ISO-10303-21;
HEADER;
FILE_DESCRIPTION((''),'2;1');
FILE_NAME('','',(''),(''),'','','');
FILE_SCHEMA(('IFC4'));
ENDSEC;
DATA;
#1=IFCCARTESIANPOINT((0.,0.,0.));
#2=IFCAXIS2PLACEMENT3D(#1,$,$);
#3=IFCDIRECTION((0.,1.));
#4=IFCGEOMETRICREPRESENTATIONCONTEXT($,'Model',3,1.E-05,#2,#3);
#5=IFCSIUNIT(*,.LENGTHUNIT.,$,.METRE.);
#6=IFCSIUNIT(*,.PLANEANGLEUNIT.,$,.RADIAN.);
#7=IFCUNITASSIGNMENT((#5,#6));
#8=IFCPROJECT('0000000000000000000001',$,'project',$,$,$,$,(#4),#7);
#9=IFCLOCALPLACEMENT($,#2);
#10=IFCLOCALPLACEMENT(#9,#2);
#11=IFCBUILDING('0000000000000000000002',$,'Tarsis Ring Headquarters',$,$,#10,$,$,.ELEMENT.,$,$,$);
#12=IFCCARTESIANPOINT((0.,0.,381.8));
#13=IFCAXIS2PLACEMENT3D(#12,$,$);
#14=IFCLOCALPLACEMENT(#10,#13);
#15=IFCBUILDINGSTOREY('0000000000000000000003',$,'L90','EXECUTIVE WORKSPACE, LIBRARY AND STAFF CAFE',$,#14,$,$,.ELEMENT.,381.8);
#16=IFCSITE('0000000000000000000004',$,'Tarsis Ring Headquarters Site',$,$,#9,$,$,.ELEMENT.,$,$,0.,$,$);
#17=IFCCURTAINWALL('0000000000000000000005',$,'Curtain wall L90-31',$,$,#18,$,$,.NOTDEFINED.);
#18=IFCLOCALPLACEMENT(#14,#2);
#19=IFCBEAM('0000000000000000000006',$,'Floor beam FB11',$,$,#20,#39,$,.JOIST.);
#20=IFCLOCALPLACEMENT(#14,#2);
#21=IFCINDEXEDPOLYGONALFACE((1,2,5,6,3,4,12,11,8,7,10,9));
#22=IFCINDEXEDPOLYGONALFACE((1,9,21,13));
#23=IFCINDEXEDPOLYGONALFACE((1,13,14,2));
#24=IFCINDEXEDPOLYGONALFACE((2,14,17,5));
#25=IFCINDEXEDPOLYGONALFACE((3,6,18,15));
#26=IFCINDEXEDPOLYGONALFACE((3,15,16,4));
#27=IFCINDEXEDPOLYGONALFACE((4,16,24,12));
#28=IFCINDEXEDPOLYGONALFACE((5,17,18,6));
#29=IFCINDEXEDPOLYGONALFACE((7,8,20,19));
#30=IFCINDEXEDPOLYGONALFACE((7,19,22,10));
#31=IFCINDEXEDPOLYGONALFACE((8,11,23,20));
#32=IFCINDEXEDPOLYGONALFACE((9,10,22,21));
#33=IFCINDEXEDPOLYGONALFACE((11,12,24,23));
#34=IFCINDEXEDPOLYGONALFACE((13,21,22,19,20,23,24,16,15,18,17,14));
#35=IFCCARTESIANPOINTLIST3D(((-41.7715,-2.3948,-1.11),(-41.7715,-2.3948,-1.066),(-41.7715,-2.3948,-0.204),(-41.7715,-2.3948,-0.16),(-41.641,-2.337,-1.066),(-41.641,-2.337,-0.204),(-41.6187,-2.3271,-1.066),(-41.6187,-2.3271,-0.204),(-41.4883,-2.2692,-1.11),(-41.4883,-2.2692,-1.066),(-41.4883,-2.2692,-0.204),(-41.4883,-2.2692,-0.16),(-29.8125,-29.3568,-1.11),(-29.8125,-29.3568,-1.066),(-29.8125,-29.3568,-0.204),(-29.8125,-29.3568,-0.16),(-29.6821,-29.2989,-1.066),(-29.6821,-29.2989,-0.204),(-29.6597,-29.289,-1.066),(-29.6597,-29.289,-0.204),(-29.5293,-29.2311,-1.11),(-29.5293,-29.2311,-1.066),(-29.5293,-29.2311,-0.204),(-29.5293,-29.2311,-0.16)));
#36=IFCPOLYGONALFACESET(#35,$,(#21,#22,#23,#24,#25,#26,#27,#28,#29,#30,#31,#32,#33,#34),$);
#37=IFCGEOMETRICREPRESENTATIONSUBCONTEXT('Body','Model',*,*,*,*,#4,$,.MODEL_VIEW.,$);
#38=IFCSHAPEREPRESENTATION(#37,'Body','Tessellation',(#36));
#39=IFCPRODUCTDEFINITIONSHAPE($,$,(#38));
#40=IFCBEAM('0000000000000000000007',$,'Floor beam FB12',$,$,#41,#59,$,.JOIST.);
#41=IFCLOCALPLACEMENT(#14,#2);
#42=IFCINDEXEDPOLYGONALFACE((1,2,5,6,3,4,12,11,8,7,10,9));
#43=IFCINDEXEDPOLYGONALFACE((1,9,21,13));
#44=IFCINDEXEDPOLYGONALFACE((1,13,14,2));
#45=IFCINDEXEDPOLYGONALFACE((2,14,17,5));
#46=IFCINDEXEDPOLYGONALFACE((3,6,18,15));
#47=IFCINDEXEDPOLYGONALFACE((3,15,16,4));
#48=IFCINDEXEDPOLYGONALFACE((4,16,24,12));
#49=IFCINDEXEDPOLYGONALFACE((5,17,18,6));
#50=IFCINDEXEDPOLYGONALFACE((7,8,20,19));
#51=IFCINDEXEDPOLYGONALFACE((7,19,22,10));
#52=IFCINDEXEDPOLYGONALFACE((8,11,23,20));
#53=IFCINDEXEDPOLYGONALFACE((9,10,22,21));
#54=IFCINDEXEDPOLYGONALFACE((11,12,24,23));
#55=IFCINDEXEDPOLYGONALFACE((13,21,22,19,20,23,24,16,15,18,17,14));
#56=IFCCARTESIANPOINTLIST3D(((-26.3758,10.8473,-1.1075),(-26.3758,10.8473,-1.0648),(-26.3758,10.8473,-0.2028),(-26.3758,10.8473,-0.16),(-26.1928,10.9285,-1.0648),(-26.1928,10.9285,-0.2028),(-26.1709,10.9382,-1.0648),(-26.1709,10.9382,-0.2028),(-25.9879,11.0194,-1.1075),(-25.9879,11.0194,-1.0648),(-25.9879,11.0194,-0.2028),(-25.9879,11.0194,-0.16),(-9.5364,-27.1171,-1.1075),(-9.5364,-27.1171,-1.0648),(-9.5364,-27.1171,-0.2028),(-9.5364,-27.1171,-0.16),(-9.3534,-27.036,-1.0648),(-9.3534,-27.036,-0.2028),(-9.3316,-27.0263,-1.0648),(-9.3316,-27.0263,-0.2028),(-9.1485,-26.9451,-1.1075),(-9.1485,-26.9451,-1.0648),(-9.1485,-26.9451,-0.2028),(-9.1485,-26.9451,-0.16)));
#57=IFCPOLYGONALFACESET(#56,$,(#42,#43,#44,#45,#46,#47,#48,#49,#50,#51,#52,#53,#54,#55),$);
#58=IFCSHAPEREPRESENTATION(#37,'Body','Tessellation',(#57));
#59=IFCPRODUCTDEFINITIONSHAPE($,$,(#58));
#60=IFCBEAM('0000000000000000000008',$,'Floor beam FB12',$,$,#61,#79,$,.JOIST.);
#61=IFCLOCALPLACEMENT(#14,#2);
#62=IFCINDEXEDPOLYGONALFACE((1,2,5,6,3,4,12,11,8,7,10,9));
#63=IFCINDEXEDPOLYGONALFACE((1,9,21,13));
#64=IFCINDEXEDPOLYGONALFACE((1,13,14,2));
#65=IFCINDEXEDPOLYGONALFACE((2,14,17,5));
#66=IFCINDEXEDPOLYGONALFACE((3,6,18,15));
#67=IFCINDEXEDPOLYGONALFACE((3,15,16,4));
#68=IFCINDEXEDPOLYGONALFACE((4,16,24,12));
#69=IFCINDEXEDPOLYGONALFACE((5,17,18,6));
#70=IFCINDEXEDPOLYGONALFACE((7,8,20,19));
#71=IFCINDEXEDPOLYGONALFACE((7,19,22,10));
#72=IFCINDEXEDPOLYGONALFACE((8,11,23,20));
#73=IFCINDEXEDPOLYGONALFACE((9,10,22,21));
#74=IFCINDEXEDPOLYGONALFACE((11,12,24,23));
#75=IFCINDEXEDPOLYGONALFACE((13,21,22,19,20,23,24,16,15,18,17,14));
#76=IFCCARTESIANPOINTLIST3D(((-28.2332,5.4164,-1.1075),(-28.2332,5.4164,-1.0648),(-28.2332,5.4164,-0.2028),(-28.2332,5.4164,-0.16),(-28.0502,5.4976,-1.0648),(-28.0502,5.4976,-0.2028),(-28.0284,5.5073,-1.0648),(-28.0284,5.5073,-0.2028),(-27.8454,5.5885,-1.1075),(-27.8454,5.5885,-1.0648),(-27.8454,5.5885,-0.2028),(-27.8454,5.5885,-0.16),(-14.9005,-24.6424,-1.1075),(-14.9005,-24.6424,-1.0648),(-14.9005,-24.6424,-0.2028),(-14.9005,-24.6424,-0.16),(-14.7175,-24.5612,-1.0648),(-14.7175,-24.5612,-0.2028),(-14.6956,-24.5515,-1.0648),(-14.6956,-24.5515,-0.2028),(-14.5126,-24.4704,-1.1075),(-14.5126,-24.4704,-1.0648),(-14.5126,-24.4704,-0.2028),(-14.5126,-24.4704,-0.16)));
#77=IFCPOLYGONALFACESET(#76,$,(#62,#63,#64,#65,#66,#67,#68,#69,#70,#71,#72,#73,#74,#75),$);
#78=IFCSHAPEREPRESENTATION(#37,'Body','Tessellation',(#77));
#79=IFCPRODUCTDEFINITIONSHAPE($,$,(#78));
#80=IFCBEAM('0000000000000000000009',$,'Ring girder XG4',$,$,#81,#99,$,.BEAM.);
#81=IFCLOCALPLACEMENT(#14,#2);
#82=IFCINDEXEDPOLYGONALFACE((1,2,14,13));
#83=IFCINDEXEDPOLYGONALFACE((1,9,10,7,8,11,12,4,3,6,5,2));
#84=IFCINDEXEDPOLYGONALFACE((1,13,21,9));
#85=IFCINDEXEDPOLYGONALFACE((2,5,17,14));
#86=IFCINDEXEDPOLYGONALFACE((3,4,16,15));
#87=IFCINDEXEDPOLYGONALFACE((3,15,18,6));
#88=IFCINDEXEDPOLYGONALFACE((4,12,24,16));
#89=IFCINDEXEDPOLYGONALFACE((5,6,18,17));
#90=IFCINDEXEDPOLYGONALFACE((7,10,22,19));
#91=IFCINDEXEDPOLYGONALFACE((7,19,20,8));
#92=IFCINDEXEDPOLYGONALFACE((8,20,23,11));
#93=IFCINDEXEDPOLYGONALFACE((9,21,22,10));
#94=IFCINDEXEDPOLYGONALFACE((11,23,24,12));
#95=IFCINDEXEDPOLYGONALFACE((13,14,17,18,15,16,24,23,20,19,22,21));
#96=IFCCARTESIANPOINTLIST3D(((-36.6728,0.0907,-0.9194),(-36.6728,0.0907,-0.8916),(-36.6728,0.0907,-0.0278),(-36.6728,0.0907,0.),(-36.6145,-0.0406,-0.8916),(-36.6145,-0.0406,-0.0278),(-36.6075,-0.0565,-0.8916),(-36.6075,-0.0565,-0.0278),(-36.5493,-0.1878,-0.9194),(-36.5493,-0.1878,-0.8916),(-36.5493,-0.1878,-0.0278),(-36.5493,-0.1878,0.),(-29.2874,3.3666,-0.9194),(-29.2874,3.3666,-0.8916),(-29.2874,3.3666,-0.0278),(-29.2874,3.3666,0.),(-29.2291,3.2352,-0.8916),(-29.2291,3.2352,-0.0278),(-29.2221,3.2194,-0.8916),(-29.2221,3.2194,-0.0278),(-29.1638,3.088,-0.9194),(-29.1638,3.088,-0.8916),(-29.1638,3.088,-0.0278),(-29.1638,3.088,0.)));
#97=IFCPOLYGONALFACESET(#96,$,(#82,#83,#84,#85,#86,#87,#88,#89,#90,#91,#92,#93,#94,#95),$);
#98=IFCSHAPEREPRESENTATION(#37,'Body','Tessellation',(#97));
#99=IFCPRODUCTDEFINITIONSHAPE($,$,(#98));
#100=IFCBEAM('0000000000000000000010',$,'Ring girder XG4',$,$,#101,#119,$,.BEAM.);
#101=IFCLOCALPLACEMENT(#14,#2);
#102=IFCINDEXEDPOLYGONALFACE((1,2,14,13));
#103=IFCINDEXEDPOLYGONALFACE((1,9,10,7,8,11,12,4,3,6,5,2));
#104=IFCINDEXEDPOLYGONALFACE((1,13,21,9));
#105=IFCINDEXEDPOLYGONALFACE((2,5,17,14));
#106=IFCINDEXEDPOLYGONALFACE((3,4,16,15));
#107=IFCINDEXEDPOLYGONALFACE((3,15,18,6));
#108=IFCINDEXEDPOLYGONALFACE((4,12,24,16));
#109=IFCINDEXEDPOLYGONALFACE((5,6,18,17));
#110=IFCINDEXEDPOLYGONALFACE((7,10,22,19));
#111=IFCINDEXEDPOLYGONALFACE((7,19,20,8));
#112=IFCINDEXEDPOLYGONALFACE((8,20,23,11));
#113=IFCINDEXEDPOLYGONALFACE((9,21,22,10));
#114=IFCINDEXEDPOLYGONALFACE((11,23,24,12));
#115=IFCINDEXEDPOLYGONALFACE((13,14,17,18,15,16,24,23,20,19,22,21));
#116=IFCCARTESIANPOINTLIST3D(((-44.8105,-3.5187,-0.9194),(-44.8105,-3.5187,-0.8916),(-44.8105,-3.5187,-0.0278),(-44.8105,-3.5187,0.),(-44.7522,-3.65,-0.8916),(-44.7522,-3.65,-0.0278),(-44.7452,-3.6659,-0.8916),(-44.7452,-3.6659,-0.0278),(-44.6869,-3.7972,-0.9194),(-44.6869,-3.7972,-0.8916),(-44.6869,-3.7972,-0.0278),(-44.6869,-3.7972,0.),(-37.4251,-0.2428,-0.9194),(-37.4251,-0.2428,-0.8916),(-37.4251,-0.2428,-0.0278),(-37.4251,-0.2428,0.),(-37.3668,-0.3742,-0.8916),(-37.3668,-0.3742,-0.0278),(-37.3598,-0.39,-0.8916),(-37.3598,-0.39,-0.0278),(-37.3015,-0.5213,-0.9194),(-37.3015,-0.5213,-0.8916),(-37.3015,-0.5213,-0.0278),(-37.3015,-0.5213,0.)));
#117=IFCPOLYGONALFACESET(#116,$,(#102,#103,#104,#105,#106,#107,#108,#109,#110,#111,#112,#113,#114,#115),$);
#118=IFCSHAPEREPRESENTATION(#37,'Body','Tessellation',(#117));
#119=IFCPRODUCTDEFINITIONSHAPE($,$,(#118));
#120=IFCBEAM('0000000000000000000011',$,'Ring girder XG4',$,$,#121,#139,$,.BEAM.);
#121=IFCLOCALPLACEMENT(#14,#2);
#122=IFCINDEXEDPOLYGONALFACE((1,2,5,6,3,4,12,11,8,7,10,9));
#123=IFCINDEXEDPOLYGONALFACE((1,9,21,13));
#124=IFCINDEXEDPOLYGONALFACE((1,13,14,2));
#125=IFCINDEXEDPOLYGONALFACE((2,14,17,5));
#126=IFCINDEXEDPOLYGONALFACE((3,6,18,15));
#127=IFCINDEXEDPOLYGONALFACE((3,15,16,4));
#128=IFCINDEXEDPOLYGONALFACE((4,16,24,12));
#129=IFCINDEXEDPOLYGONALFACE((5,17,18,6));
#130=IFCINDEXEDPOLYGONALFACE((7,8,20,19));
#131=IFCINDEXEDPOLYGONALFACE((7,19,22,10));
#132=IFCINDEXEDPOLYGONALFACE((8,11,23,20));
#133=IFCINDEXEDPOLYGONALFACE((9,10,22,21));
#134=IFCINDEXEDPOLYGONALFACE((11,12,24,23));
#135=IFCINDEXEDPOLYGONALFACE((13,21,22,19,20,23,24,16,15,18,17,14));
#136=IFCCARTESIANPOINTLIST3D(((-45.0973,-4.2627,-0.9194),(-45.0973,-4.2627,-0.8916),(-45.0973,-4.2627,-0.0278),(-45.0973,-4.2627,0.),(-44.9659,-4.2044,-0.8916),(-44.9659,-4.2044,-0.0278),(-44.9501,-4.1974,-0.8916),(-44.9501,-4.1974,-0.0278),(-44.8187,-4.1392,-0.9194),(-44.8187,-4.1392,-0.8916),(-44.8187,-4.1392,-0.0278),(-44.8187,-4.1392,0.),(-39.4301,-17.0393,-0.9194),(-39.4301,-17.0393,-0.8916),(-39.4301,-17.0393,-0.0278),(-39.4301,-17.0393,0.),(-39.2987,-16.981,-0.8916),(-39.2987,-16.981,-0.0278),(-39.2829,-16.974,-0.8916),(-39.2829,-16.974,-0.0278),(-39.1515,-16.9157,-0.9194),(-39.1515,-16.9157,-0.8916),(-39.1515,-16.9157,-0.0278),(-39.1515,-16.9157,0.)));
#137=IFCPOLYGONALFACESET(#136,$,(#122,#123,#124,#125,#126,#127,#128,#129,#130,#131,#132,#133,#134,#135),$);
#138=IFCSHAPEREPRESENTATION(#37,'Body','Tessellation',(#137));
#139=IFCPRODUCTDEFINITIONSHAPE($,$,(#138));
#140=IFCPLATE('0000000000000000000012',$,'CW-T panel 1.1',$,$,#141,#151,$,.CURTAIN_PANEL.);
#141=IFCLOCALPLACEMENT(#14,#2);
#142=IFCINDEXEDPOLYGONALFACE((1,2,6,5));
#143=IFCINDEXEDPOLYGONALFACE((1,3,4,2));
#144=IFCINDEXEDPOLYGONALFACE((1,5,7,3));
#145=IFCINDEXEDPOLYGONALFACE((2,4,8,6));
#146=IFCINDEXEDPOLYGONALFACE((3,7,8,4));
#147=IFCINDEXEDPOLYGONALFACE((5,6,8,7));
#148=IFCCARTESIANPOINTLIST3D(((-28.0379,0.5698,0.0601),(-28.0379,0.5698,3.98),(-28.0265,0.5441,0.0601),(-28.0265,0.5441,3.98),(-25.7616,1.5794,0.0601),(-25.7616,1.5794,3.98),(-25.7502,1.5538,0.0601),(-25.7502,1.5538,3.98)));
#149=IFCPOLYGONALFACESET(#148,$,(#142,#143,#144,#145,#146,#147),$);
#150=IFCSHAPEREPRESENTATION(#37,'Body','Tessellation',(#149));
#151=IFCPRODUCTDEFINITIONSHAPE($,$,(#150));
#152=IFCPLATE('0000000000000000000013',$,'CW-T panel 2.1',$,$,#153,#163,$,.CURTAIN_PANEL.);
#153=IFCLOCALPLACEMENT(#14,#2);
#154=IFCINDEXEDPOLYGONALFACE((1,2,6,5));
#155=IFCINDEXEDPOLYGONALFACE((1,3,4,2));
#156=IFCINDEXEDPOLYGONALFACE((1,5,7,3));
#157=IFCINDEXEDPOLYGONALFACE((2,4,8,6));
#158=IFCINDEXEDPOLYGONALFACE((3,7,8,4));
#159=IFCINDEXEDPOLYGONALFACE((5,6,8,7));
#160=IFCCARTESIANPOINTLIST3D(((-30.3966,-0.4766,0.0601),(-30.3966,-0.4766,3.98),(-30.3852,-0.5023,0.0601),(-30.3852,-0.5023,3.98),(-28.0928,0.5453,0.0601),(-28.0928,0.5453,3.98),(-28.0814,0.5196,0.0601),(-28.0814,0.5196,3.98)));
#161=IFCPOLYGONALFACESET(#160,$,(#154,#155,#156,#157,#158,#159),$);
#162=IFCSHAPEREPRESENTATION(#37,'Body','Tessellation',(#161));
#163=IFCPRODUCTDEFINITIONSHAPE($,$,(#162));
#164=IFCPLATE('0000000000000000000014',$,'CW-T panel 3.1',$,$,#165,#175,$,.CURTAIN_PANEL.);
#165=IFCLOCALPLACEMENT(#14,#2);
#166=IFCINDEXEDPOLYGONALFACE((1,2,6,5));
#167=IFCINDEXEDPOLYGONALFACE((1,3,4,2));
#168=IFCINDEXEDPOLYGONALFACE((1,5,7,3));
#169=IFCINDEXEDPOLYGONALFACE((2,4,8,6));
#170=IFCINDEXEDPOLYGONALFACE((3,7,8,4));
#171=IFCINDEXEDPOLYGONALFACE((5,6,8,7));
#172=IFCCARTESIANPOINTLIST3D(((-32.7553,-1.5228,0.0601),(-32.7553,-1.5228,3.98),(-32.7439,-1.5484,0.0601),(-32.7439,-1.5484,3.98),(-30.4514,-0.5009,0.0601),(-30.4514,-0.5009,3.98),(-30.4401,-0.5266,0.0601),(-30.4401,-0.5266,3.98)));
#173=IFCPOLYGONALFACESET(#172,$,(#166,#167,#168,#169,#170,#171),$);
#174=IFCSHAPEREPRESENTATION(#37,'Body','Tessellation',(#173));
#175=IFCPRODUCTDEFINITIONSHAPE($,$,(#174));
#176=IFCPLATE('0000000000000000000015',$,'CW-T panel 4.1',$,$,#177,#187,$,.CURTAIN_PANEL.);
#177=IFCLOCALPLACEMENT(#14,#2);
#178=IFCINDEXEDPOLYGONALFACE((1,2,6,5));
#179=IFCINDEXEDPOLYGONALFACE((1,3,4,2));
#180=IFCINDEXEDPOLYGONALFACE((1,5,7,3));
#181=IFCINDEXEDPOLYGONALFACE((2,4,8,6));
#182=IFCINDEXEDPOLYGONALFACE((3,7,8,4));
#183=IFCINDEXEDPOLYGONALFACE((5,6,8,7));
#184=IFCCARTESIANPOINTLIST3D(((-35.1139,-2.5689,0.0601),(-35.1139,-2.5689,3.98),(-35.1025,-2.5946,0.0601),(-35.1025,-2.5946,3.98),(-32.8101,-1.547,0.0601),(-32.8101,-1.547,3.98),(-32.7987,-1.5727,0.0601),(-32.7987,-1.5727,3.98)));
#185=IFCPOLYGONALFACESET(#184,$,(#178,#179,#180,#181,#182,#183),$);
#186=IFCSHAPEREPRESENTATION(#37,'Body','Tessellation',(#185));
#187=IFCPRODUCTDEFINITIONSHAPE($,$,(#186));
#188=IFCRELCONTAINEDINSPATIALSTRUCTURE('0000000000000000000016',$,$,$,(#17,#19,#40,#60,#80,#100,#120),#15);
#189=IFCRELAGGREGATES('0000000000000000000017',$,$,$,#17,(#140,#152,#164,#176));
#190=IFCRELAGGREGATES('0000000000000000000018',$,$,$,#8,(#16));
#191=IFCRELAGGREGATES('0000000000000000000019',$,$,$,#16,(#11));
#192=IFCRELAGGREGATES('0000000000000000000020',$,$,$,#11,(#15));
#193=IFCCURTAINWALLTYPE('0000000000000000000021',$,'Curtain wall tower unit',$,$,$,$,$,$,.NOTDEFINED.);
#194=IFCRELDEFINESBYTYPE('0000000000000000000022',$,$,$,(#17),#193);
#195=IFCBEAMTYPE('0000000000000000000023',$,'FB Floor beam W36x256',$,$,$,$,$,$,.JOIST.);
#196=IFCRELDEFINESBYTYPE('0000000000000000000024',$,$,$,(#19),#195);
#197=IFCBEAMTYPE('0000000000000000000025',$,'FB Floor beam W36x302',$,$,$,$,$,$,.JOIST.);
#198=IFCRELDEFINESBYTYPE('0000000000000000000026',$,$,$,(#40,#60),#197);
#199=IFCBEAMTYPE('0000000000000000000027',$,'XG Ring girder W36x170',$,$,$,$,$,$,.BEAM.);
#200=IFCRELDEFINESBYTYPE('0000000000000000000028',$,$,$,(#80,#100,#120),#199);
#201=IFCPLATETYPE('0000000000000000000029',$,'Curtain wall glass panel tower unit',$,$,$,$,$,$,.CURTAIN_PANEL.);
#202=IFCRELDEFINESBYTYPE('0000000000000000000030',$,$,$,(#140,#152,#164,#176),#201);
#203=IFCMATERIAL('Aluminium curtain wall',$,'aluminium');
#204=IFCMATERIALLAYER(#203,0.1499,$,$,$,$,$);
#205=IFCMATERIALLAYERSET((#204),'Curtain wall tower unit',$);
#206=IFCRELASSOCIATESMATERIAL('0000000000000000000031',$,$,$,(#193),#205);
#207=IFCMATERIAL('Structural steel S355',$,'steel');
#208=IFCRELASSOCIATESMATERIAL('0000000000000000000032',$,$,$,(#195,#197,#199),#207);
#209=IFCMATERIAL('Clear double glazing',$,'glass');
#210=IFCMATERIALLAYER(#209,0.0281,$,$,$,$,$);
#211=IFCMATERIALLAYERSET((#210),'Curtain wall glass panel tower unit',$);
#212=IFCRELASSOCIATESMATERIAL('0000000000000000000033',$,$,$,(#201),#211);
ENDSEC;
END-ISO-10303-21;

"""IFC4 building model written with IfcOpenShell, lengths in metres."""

from ifc_helpers import new_model, si_unit, direction, frame, origin, origin_2d, place, context, subcontext, project, spatial, rectangle, i_section, extrude, material, layer, layer_set, material_profile, profile_set, type_object, element, aggregate, save


model = new_model("IFC4")

# Units and contexts
model_context = context("Model", 3, precision=1e-05, world=origin(), true_north=direction((0.0, 1.0)))
body_context = subcontext(model_context, "Body", "Model", "MODEL_VIEW")
ifc_project = project(units=[si_unit("LENGTHUNIT", "METRE"), si_unit("PLANEANGLEUNIT", "RADIAN")], contexts=[model_context])

# Site, building, storey
site_placement = place(None, origin())
site = spatial("IfcSite", under=ifc_project, at=site_placement, Name="Tarsis Ring Headquarters Site", CompositionType="ELEMENT", RefElevation=0.0)
building_placement = place(site_placement, origin())
building = spatial("IfcBuilding", under=site, at=building_placement, Name="Tarsis Ring Headquarters", CompositionType="ELEMENT")
storey_placement = place(building_placement, frame((0.0, 0.0, 381.8)))
storey = spatial("IfcBuildingStorey", under=building, at=storey_placement, Name="L90", Description="EXECUTIVE WORKSPACE, LIBRARY AND STAFF CAFE", CompositionType="ELEMENT", Elevation=381.8)

# Shared definitions
ifc_material_1 = material(Name="Structural steel S355", Category="steel")

# Curtain wall
ifc_material_2 = material(Name="Aluminium curtain wall", Category="aluminium")
ifc_layer_1 = layer(ifc_material_2, 0.1499)
ifc_layer_set_1 = layer_set([ifc_layer_1], Name="Curtain wall tower unit")
curtain_wall_type = type_object("IfcCurtainWallType", Name="Curtain wall tower unit", PredefinedType="NOTDEFINED", material=ifc_layer_set_1)
curtain_wall_placement = place(storey_placement, origin())
curtain_wall = element("IfcCurtainWall", 1, at=curtain_wall_placement, inside=storey, type_object=curtain_wall_type, Name="Curtain wall L90-31", PredefinedType="NOTDEFINED")

# Beams
ifc_material_profile_1 = material_profile(ifc_material_1, i_section(OverallWidth=0.3098, OverallDepth=0.95, WebThickness=0.0244, FlangeThickness=0.0439, at=origin_2d()), Name="W36x256")
ifc_profile_set_1 = profile_set([ifc_material_profile_1], Name="Structural steel S355")
beam_type_1 = type_object("IfcBeamType", Name="FB Floor beam W36x256", PredefinedType="JOIST", material=ifc_profile_set_1)
for number, where, z_axis, x_axis, name in (
    (2, (-41.6299, -2.332, -0.635), (0.405456, -0.914114, 0.0), (0.914114, 0.405456, 0.0), "Floor beam FB11"),
):
    element("IfcBeam", number, at=place(storey_placement, frame(where, z_axis=z_axis, x_axis=x_axis)), inside=storey, type_object=beam_type_1, Name=name, PredefinedType="JOIST", context=body_context, shape_type="SweptSolid", body=[
        extrude(i_section(OverallWidth=0.3098, OverallDepth=0.95, WebThickness=0.0244, FlangeThickness=0.0439, at=origin_2d()), origin(), (0.0, 0.0, 1.0), 29.4951),
    ])
ifc_material_profile_2 = material_profile(ifc_material_1, i_section(OverallWidth=0.4243, OverallDepth=0.9475, WebThickness=0.0239, FlangeThickness=0.0427, at=origin_2d()), Name="W36x302")
ifc_profile_set_2 = profile_set([ifc_material_profile_2], Name="Structural steel S355")
beam_type_2 = type_object("IfcBeamType", Name="FB Floor beam W36x302", PredefinedType="JOIST", material=ifc_profile_set_2)
beam_1_placement = place(storey_placement, frame((-26.1819, 10.9333, -0.6338), z_axis=(0.405461, -0.914112, 0.0), x_axis=(0.914112, 0.405461, 0.0)))
element("IfcBeam", 3, at=beam_1_placement, inside=storey, type_object=beam_type_2, Name="Floor beam FB12", PredefinedType="JOIST", context=body_context, shape_type="SweptSolid", body=[
    extrude(i_section(OverallWidth=0.4243, OverallDepth=0.9475, WebThickness=0.0239, FlangeThickness=0.0427, at=origin_2d()), origin(), (0.0, 0.0, 1.0), 41.5315),
])
beam_2_placement = place(storey_placement, frame((-28.0393, 5.5024, -0.6338), z_axis=(0.40546, -0.914113, 0.0), x_axis=(0.914113, 0.40546, 0.0)))
element("IfcBeam", 4, at=beam_2_placement, inside=storey, type_object=beam_type_2, Name="Floor beam FB12", PredefinedType="JOIST", context=body_context, shape_type="SweptSolid", body=[
    extrude(i_section(OverallWidth=0.4243, OverallDepth=0.9475, WebThickness=0.0239, FlangeThickness=0.0427, at=origin_2d()), origin(), (0.0, 0.0, 1.0), 32.8831),
])
ifc_material_profile_3 = material_profile(ifc_material_1, i_section(OverallWidth=0.3047, OverallDepth=0.9194, WebThickness=0.0173, FlangeThickness=0.0278, at=origin_2d()), Name="W36x170")
ifc_profile_set_3 = profile_set([ifc_material_profile_3], Name="Structural steel S355")
beam_type_3 = type_object("IfcBeamType", Name="XG Ring girder W36x170", PredefinedType="BEAM", material=ifc_profile_set_3)
for number, where, z_axis, x_axis, name in (
    (5, (-29.2256, 3.2273, -0.4597), (-0.914113, -0.40546, 0.0), (0.40546, -0.914113, 0.0), "Ring girder XG4"),
    (6, (-37.3633, -0.3821, -0.4597), (-0.914113, -0.40546, 0.0), (0.40546, -0.914113, 0.0), "Ring girder XG4"),
):
    element("IfcBeam", number, at=place(storey_placement, frame(where, z_axis=z_axis, x_axis=x_axis)), inside=storey, type_object=beam_type_3, Name=name, PredefinedType="BEAM", context=body_context, shape_type="SweptSolid", body=[
        extrude(i_section(OverallWidth=0.3047, OverallDepth=0.9194, WebThickness=0.0173, FlangeThickness=0.0278, at=origin_2d()), origin(), (0.0, 0.0, 1.0), 8.0793),
    ])
beam_3_placement = place(storey_placement, frame((-44.958, -4.2009, -0.4597), z_axis=(0.405466, -0.91411, 0.0), x_axis=(0.91411, 0.405466, 0.0)))
element("IfcBeam", 7, at=beam_3_placement, inside=storey, type_object=beam_type_3, Name="Ring girder XG4", PredefinedType="BEAM", context=body_context, shape_type="SweptSolid", body=[
    extrude(i_section(OverallWidth=0.3047, OverallDepth=0.9194, WebThickness=0.0173, FlangeThickness=0.0278, at=origin_2d()), origin(), (0.0, 0.0, 1.0), 13.9771),
])

# Plates
ifc_material_3 = material(Name="Clear double glazing", Category="glass")
ifc_layer_2 = layer(ifc_material_3, 0.0281)
ifc_layer_set_2 = layer_set([ifc_layer_2], Name="Curtain wall glass panel tower unit")
plate_type = type_object("IfcPlateType", Name="Curtain wall glass panel tower unit", PredefinedType="CURTAIN_PANEL", material=ifc_layer_set_2)
plate_1_placement = place(storey_placement, frame((-26.894, 1.0618, 0.0601), z_axis=(0.0, 0.0, 1.0), x_axis=(-0.914112, -0.405461, 0.0)))
plate_1 = element("IfcPlate", 8, at=plate_1_placement, type_object=plate_type, Name="CW-T panel 1.1", PredefinedType="CURTAIN_PANEL", context=body_context, shape_type="SweptSolid", body=[
    extrude(rectangle(XDim=2.4902, YDim=0.0281, at=origin_2d()), origin(), (0.0, 0.0, 1.0), 3.9199),
])
plate_2_placement = place(storey_placement, frame((-29.239, 0.0215, 0.0601), z_axis=(0.0, 0.0, 1.0), x_axis=(-0.914112, -0.405461, 0.0)))
plate_2 = element("IfcPlate", 9, at=plate_2_placement, type_object=plate_type, Name="CW-T panel 2.1", PredefinedType="CURTAIN_PANEL", context=body_context, shape_type="SweptSolid", body=[
    extrude(rectangle(XDim=2.5203, YDim=0.0281, at=origin_2d()), origin(), (0.0, 0.0, 1.0), 3.9199),
])
plate_3_placement = place(storey_placement, frame((-31.5977, -1.0247, 0.0601), z_axis=(0.0, 0.0, 1.0), x_axis=(-0.914112, -0.405461, 0.0)))
plate_3 = element("IfcPlate", 10, at=plate_3_placement, type_object=plate_type, Name="CW-T panel 3.1", PredefinedType="CURTAIN_PANEL", context=body_context, shape_type="SweptSolid", body=[
    extrude(rectangle(XDim=2.5203, YDim=0.0281, at=origin_2d()), origin(), (0.0, 0.0, 1.0), 3.9199),
])
plate_4_placement = place(storey_placement, frame((-33.9563, -2.0708, 0.0601), z_axis=(0.0, 0.0, 1.0), x_axis=(-0.914112, -0.405461, 0.0)))
plate_4 = element("IfcPlate", 11, at=plate_4_placement, type_object=plate_type, Name="CW-T panel 4.1", PredefinedType="CURTAIN_PANEL", context=body_context, shape_type="SweptSolid", body=[
    extrude(rectangle(XDim=2.5203, YDim=0.0281, at=origin_2d()), origin(), (0.0, 0.0, 1.0), 3.9199),
])
aggregate(curtain_wall, [plate_1, plate_2, plate_3, plate_4])

save(model, "model.ifc")
